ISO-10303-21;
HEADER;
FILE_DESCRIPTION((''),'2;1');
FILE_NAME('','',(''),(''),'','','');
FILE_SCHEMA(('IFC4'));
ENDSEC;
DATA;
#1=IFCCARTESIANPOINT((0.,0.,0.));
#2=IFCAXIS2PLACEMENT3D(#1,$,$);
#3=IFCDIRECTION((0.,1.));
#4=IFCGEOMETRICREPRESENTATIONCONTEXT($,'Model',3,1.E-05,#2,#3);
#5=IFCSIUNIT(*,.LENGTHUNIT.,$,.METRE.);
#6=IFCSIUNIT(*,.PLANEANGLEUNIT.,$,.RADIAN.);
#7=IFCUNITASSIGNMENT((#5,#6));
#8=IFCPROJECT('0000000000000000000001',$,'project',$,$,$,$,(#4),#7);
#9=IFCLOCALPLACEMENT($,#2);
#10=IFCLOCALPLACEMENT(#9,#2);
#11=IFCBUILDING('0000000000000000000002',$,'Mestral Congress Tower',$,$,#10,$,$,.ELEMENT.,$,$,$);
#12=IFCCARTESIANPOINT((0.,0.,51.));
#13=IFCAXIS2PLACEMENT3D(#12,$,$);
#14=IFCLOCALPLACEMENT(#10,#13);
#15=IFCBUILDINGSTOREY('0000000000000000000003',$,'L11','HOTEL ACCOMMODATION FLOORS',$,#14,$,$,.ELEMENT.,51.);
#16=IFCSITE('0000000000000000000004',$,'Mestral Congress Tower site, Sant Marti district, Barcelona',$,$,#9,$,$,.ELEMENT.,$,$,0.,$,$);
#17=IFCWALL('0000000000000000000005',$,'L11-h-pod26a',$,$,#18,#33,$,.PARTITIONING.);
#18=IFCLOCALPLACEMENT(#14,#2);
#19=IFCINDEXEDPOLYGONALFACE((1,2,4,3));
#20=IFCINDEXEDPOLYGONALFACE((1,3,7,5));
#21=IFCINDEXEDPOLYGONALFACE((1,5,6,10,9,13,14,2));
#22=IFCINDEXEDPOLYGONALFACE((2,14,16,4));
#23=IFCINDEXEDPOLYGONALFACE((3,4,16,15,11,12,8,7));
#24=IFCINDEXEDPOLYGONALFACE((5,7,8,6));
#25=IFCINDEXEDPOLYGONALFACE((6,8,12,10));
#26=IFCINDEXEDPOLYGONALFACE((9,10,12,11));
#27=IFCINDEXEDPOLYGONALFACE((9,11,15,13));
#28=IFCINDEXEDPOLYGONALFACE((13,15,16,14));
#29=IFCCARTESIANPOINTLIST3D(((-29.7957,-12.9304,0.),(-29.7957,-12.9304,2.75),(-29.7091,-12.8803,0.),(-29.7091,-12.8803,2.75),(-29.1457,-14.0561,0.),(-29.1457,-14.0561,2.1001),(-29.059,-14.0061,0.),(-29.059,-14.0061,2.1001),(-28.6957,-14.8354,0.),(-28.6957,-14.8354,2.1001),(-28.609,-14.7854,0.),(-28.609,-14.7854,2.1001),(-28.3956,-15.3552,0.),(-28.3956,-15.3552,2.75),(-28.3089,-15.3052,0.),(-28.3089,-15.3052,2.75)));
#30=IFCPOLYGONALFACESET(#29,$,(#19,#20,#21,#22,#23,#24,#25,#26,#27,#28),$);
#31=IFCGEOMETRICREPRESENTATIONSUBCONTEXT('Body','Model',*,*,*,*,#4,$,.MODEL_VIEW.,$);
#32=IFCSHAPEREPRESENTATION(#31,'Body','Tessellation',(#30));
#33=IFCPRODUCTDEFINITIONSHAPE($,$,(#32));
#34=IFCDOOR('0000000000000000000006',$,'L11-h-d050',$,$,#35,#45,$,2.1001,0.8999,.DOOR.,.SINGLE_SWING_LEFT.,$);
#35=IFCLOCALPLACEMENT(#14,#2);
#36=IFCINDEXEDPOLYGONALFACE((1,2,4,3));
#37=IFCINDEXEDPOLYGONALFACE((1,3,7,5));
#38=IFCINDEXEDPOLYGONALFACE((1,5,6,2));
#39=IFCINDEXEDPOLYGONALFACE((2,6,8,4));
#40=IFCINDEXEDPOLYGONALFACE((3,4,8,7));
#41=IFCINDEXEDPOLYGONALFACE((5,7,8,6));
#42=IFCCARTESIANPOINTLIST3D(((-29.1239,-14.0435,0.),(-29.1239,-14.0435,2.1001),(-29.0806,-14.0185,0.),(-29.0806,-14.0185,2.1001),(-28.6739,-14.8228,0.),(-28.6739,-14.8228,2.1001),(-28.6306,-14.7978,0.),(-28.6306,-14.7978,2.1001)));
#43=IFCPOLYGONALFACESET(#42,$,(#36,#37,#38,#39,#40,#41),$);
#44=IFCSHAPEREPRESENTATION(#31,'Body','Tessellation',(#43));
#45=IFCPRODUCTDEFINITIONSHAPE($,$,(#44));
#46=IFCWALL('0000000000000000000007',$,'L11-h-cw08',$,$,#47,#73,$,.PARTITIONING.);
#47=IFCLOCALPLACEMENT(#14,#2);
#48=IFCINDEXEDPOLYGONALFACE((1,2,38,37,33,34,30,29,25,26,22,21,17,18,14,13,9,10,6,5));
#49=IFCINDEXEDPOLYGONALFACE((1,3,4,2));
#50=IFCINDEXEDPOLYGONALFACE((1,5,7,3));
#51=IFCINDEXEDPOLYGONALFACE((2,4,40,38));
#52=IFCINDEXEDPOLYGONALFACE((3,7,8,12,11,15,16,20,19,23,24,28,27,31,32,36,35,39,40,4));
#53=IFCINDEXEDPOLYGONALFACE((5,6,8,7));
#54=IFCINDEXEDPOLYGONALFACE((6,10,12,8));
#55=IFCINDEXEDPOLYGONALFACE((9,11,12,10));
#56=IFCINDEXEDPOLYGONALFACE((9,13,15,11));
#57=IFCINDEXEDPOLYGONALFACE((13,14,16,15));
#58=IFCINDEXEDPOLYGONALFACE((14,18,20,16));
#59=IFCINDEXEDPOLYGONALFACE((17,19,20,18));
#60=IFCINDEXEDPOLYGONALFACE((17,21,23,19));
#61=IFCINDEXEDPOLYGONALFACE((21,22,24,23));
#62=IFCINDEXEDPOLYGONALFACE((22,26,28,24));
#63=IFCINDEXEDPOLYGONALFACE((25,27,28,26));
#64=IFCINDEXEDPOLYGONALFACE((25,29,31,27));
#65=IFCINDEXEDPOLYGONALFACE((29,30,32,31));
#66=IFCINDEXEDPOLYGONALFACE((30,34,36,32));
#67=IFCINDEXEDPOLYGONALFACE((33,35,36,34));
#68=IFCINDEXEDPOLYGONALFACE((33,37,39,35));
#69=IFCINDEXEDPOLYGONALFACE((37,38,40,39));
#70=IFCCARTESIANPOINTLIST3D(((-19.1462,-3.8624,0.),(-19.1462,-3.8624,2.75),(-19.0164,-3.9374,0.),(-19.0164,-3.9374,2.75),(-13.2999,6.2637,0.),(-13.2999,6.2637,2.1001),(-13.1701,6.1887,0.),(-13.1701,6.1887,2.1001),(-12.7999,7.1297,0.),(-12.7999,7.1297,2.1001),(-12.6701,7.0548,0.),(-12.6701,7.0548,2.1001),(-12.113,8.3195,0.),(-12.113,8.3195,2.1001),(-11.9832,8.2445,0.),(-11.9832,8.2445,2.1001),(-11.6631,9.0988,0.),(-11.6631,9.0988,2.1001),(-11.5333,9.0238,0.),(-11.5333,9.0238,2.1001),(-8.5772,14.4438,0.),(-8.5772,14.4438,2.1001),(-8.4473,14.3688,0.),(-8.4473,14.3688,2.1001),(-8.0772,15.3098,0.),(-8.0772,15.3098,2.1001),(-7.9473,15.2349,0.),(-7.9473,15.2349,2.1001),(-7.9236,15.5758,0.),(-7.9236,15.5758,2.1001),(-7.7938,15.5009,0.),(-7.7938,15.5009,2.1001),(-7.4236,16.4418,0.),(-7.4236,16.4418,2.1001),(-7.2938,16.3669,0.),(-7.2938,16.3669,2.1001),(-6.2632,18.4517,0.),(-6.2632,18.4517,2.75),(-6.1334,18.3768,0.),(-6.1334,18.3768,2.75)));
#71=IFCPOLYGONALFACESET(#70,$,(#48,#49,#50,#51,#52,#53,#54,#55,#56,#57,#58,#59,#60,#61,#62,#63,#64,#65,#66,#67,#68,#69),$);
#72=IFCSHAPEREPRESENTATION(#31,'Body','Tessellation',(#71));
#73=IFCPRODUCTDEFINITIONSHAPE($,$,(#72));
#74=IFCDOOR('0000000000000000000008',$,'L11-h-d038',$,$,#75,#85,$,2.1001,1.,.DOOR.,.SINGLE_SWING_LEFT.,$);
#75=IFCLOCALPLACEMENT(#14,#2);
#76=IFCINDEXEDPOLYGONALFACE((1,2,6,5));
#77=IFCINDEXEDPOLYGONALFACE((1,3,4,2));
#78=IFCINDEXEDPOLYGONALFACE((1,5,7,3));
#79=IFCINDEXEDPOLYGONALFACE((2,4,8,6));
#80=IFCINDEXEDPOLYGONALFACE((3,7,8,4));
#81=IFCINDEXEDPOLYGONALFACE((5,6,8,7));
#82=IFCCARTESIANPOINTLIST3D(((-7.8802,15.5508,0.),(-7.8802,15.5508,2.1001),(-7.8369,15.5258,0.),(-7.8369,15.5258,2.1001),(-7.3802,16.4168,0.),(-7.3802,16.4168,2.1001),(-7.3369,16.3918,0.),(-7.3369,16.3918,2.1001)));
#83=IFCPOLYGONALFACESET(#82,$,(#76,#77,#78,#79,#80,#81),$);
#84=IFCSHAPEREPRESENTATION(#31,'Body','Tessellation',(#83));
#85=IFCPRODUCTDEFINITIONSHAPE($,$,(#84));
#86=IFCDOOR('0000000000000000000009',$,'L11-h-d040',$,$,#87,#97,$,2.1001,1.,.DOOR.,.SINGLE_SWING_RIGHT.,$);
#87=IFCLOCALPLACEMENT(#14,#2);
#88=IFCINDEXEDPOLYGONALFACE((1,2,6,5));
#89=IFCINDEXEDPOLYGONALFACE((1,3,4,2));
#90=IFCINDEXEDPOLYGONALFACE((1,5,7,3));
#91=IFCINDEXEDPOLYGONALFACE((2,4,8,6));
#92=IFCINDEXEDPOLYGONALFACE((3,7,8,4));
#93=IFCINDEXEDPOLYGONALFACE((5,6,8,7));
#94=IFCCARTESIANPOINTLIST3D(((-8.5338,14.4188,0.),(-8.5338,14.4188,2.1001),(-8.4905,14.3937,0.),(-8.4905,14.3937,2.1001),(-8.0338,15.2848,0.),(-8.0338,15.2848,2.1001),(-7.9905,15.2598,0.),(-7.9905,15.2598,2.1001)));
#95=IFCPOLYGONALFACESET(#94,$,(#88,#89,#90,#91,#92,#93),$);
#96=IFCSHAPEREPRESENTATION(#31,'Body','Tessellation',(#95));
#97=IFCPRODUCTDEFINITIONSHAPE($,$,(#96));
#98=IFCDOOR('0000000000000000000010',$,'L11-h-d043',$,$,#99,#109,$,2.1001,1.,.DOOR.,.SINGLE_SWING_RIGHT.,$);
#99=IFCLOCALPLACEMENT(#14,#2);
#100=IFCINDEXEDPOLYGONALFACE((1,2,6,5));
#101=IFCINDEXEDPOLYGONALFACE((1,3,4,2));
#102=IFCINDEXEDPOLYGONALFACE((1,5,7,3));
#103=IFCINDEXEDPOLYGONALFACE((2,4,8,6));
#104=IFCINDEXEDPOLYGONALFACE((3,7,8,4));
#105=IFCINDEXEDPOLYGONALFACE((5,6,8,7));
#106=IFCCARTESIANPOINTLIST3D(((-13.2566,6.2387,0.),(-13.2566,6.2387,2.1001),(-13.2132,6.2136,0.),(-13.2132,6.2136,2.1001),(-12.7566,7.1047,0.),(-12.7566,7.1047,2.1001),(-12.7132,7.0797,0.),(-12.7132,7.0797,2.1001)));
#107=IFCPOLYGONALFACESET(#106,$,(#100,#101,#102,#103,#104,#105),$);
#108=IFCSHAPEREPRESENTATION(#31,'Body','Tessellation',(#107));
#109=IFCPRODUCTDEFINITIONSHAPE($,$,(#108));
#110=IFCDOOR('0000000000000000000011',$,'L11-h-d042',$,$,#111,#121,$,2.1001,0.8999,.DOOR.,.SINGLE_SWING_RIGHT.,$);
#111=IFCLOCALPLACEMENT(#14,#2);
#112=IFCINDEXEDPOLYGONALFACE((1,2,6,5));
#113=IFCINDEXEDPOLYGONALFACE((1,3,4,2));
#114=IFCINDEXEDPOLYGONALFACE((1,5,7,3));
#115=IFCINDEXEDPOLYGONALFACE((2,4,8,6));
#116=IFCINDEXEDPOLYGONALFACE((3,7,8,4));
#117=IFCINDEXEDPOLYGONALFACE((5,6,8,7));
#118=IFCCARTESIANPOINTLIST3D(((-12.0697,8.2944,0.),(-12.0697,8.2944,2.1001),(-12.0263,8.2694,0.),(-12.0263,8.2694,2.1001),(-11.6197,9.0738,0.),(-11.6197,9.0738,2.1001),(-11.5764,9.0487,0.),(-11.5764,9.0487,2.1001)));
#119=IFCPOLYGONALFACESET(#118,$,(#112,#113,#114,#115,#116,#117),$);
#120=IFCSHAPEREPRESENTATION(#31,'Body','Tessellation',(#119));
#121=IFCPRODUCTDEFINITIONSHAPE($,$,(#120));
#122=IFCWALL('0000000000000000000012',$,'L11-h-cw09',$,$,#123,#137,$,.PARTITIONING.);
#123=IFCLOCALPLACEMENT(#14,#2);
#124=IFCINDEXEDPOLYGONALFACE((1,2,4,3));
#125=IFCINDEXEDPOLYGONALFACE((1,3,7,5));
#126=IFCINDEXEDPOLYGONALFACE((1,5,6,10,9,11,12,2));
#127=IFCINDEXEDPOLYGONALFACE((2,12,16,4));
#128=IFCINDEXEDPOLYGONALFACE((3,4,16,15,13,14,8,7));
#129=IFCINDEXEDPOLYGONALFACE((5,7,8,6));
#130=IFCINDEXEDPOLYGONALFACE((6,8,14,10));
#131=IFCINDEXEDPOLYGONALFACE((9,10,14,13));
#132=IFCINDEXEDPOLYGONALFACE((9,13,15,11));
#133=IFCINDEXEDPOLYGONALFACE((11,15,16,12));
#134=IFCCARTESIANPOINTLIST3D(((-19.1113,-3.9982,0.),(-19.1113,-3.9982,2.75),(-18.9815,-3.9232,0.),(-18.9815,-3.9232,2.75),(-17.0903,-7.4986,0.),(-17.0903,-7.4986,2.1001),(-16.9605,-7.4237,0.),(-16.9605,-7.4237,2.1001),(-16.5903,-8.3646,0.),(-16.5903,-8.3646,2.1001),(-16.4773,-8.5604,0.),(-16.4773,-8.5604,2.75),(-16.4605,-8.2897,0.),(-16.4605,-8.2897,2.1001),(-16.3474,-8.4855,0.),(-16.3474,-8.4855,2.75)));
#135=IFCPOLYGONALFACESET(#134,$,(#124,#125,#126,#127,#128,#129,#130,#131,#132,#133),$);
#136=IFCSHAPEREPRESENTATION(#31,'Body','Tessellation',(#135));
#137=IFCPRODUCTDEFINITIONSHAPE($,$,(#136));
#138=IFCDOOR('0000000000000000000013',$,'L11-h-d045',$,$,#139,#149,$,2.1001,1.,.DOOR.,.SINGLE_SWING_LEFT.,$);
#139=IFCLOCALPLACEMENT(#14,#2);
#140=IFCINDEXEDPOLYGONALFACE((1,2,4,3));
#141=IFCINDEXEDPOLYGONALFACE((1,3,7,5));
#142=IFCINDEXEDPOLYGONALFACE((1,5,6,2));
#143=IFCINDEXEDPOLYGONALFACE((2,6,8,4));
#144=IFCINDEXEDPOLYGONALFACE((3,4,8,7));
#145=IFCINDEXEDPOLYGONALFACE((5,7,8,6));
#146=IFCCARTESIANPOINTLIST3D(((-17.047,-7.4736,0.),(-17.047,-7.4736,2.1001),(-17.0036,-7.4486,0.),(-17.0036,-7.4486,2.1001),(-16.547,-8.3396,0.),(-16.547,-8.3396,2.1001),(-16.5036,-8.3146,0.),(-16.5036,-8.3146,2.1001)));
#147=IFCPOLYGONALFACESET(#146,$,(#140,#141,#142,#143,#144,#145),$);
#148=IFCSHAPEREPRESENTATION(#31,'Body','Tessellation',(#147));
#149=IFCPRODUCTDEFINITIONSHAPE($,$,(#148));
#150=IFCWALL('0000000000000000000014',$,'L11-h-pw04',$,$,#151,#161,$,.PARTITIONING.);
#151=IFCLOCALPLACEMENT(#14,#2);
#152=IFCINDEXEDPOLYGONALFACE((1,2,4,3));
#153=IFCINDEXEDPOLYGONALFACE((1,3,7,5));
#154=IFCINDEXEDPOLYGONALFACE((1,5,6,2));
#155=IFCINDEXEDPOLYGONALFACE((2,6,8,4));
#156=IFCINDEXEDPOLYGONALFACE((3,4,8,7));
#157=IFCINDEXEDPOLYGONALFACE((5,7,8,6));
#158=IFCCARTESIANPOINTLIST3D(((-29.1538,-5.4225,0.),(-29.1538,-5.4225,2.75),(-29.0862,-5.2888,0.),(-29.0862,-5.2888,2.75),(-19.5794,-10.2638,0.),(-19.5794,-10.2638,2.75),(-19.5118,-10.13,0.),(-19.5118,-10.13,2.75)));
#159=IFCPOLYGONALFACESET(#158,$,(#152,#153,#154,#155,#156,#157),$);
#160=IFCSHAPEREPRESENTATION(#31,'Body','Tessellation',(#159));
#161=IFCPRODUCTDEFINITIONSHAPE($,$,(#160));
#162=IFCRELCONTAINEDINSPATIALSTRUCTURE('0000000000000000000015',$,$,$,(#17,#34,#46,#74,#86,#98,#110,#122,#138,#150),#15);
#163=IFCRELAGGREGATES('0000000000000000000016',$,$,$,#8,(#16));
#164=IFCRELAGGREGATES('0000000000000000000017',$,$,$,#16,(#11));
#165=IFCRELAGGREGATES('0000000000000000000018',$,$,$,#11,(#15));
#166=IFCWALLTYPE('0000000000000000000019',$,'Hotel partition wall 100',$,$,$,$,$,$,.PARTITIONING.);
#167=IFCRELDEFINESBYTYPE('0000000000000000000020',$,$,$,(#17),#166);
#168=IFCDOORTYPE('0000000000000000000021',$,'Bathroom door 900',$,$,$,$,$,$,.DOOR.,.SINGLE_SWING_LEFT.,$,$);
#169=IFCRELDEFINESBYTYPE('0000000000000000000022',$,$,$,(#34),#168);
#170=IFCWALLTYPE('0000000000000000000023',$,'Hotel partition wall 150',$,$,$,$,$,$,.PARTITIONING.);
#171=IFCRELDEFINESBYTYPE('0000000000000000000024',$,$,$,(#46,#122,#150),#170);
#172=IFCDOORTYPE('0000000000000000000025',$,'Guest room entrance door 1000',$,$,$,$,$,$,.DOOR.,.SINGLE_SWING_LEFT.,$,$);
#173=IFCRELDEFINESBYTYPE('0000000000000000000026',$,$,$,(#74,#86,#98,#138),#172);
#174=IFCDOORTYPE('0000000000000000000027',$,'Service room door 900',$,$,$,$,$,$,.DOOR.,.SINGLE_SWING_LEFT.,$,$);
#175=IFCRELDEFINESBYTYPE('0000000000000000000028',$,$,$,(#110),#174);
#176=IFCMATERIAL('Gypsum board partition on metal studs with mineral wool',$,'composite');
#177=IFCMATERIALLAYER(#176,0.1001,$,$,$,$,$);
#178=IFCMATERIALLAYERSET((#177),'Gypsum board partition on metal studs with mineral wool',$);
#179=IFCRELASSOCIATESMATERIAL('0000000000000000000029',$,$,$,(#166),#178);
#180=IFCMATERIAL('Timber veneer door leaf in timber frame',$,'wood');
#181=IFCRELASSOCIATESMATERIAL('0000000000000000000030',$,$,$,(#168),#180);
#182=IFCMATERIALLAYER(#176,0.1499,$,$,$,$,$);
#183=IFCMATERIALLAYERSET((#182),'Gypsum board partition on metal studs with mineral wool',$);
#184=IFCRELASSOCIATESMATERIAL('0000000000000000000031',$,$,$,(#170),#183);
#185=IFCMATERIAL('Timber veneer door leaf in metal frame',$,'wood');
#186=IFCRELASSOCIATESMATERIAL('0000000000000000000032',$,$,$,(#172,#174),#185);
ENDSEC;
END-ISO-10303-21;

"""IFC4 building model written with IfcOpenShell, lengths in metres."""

from ifc_helpers import new_model, si_unit, direction, frame, frame_2d, origin, place, context, subcontext, project, spatial, rectangle, extrude, material, layer, layer_set, type_object, element, fill, save


model = new_model("IFC4")

# Units and contexts
model_context = context("Model", 3, precision=1e-05, world=origin(), true_north=direction((0.0, 1.0)))
body_context = subcontext(model_context, "Body", "Model", "MODEL_VIEW")
ifc_project = project(units=[si_unit("LENGTHUNIT", "METRE"), si_unit("PLANEANGLEUNIT", "RADIAN")], contexts=[model_context])

# Site, building, storey
site_placement = place(None, origin())
site = spatial("IfcSite", under=ifc_project, at=site_placement, Name="Mestral Congress Tower site, Sant Marti district, Barcelona", CompositionType="ELEMENT", RefElevation=0.0)
building_placement = place(site_placement, origin())
building = spatial("IfcBuilding", under=site, at=building_placement, Name="Mestral Congress Tower", CompositionType="ELEMENT")
storey_placement = place(building_placement, frame((0.0, 0.0, 51.0)))
storey = spatial("IfcBuildingStorey", under=building, at=storey_placement, Name="L11", Description="HOTEL ACCOMMODATION FLOORS", CompositionType="ELEMENT", Elevation=51.0)

# Shared definitions
ifc_material_1 = material(Name="Gypsum board partition on metal studs with mineral wool", Category="composite")
ifc_layer_1 = layer(ifc_material_1, 0.1001)
ifc_layer_set_1 = layer_set([ifc_layer_1], Name="Gypsum board partition on metal studs with mineral wool")
wall_type_1 = type_object("IfcWallType", Name="Hotel partition wall 100", PredefinedType="PARTITIONING", material=ifc_layer_set_1)
ifc_material_2 = material(Name="Timber veneer door leaf in timber frame", Category="wood")

# Shared definitions
door_type_1 = type_object("IfcDoorType", Name="Bathroom door 900", OperationType="SINGLE_SWING_LEFT", PredefinedType="DOOR", material=ifc_material_2)

# Wall, opening, door
wall_1_placement = place(storey_placement, frame((-28.3523, -15.3301, 0.0), z_axis=(0.0, 0.0, 1.0), x_axis=(-0.50005, 0.865997, 0.0)))
wall_1 = element("IfcWall", 1, at=wall_1_placement, inside=storey, type_object=wall_type_1, Name="L11-h-pod26a", PredefinedType="PARTITIONING", context=body_context, shape_type="SweptSolid", body=[
    extrude(rectangle(XDim=2.8, YDim=0.1001, at=frame_2d((1.3999, 0.0))), origin(), (0.0, 0.0, 1.0), 2.75),
])
opening_1_placement = place(wall_1_placement, frame((0.6001, 0.0, 0.0)))
opening_1 = element("IfcOpeningElement", 2, at=opening_1_placement, cuts=wall_1, PredefinedType="OPENING", context=body_context, shape_type="SweptSolid", body=[
    extrude(rectangle(XDim=0.8999, YDim=2.1001, at=frame_2d((0.45, 1.05))), frame((0.0, 0.0601, 0.0), z_axis=(0.0, -1.0, 0.0), x_axis=(1.0, 0.0, 0.0)), (0.0, 0.0, 1.0), 0.1201),
])
door_1_placement = place(opening_1_placement, origin())
door_1 = element("IfcDoor", 3, at=door_1_placement, inside=storey, type_object=door_type_1, Name="L11-h-d050", OperationType="SINGLE_SWING_LEFT", OverallHeight=2.1001, OverallWidth=0.8999, PredefinedType="DOOR", context=body_context, shape_type="SweptSolid", body=[
    extrude(rectangle(XDim=0.8999, YDim=2.1001, at=frame_2d((0.45, 1.05))), frame((0.0, 0.0249, 0.0), z_axis=(0.0, -1.0, 0.0), x_axis=(1.0, 0.0, 0.0)), (0.0, 0.0, 1.0), 0.05),
])
fill(opening_1, door_1)

# Wall, openings, doors
ifc_layer_2 = layer(ifc_material_1, 0.1499)
ifc_layer_set_2 = layer_set([ifc_layer_2], Name="Gypsum board partition on metal studs with mineral wool")
wall_type_2 = type_object("IfcWallType", Name="Hotel partition wall 150", PredefinedType="PARTITIONING", material=ifc_layer_set_2)
wall_2_placement = place(storey_placement, frame((-19.0813, -3.8999, 0.0), z_axis=(0.0, 0.0, 1.0), x_axis=(0.499998, 0.866026, 0.0)))
wall_2 = element("IfcWall", 4, at=wall_2_placement, inside=storey, type_object=wall_type_2, Name="L11-h-cw08", PredefinedType="PARTITIONING", context=body_context, shape_type="SweptSolid", body=[
    extrude(rectangle(XDim=25.7661, YDim=0.1499, at=frame_2d((12.8831, 0.0))), origin(), (0.0, 0.0, 1.0), 2.75),
])
opening_2_placement = place(wall_2_placement, frame((22.4453, 0.0, 0.0)))
opening_2 = element("IfcOpeningElement", 5, at=opening_2_placement, cuts=wall_2, PredefinedType="OPENING", context=body_context, shape_type="SweptSolid", body=[
    extrude(rectangle(XDim=1.0, YDim=2.1001, at=frame_2d((0.5, 1.05))), frame((0.0, 0.085, 0.0), z_axis=(0.0, -1.0, 0.0), x_axis=(1.0, 0.0, 0.0)), (0.0, 0.0, 1.0), 0.1699),
])
opening_3_placement = place(wall_2_placement, frame((21.1382, 0.0, 0.0)))
opening_3 = element("IfcOpeningElement", 6, at=opening_3_placement, cuts=wall_2, PredefinedType="OPENING", context=body_context, shape_type="SweptSolid", body=[
    extrude(rectangle(XDim=1.0, YDim=2.1001, at=frame_2d((0.5, 1.05))), frame((0.0, 0.085, 0.0), z_axis=(0.0, -1.0, 0.0), x_axis=(1.0, 0.0, 0.0)), (0.0, 0.0, 1.0), 0.1699),
])
opening_4_placement = place(wall_2_placement, frame((14.0664, 0.0, 0.0)))
opening_4 = element("IfcOpeningElement", 7, at=opening_4_placement, cuts=wall_2, PredefinedType="OPENING", context=body_context, shape_type="SweptSolid", body=[
    extrude(rectangle(XDim=0.8999, YDim=2.1001, at=frame_2d((0.45, 1.05))), frame((0.0, 0.085, 0.0), z_axis=(0.0, -1.0, 0.0), x_axis=(1.0, 0.0, 0.0)), (0.0, 0.0, 1.0), 0.1699),
])
opening_5_placement = place(wall_2_placement, frame((11.6926, 0.0, 0.0)))
opening_5 = element("IfcOpeningElement", 8, at=opening_5_placement, cuts=wall_2, PredefinedType="OPENING", context=body_context, shape_type="SweptSolid", body=[
    extrude(rectangle(XDim=1.0, YDim=2.1001, at=frame_2d((0.5, 1.05))), frame((0.0, 0.085, 0.0), z_axis=(0.0, -1.0, 0.0), x_axis=(1.0, 0.0, 0.0)), (0.0, 0.0, 1.0), 0.1699),
])
ifc_material_3 = material(Name="Timber veneer door leaf in metal frame", Category="wood")
door_type_2 = type_object("IfcDoorType", Name="Guest room entrance door 1000", OperationType="SINGLE_SWING_LEFT", PredefinedType="DOOR", material=ifc_material_3)
door_2_placement = place(opening_2_placement, origin())
door_2 = element("IfcDoor", 9, at=door_2_placement, inside=storey, type_object=door_type_2, Name="L11-h-d038", OperationType="SINGLE_SWING_LEFT", OverallHeight=2.1001, OverallWidth=1.0, PredefinedType="DOOR", context=body_context, shape_type="SweptSolid", body=[
    extrude(rectangle(XDim=1.0, YDim=2.1001, at=frame_2d((0.5, 1.05))), frame((0.0, 0.0249, 0.0), z_axis=(0.0, -1.0, 0.0), x_axis=(1.0, 0.0, 0.0)), (0.0, 0.0, 1.0), 0.05),
])
fill(opening_2, door_2)
door_3_placement = place(opening_3_placement, origin())
door_3 = element("IfcDoor", 10, at=door_3_placement, inside=storey, type_object=door_type_2, Name="L11-h-d040", OperationType="SINGLE_SWING_RIGHT", OverallHeight=2.1001, OverallWidth=1.0, PredefinedType="DOOR", context=body_context, shape_type="SweptSolid", body=[
    extrude(rectangle(XDim=1.0, YDim=2.1001, at=frame_2d((0.5, 1.05))), frame((0.0, 0.0249, 0.0), z_axis=(0.0, -1.0, 0.0), x_axis=(1.0, 0.0, 0.0)), (0.0, 0.0, 1.0), 0.05),
])
fill(opening_3, door_3)
door_4_placement = place(opening_5_placement, origin())
door_4 = element("IfcDoor", 11, at=door_4_placement, inside=storey, type_object=door_type_2, Name="L11-h-d043", OperationType="SINGLE_SWING_RIGHT", OverallHeight=2.1001, OverallWidth=1.0, PredefinedType="DOOR", context=body_context, shape_type="SweptSolid", body=[
    extrude(rectangle(XDim=1.0, YDim=2.1001, at=frame_2d((0.5, 1.05))), frame((0.0, 0.0249, 0.0), z_axis=(0.0, -1.0, 0.0), x_axis=(1.0, 0.0, 0.0)), (0.0, 0.0, 1.0), 0.05),
])
fill(opening_5, door_4)
door_type_3 = type_object("IfcDoorType", Name="Service room door 900", OperationType="SINGLE_SWING_LEFT", PredefinedType="DOOR", material=ifc_material_3)
door_5_placement = place(opening_4_placement, origin())
door_5 = element("IfcDoor", 12, at=door_5_placement, inside=storey, type_object=door_type_3, Name="L11-h-d042", OperationType="SINGLE_SWING_RIGHT", OverallHeight=2.1001, OverallWidth=0.8999, PredefinedType="DOOR", context=body_context, shape_type="SweptSolid", body=[
    extrude(rectangle(XDim=0.8999, YDim=2.1001, at=frame_2d((0.45, 1.05))), frame((0.0, 0.0249, 0.0), z_axis=(0.0, -1.0, 0.0), x_axis=(1.0, 0.0, 0.0)), (0.0, 0.0, 1.0), 0.05),
])
fill(opening_4, door_5)

# Wall, opening, door
wall_3_placement = place(storey_placement, frame((-16.4124, -8.5229, 0.0), z_axis=(0.0, 0.0, 1.0), x_axis=(-0.500002, 0.866024, 0.0)))
wall_3 = element("IfcWall", 13, at=wall_3_placement, inside=storey, type_object=wall_type_2, Name="L11-h-cw09", PredefinedType="PARTITIONING", context=body_context, shape_type="SweptSolid", body=[
    extrude(rectangle(XDim=5.2681, YDim=0.1499, at=frame_2d((2.634, 0.0))), origin(), (0.0, 0.0, 1.0), 2.75),
])
opening_6_placement = place(wall_3_placement, frame((0.2261, 0.0, 0.0)))
opening_6 = element("IfcOpeningElement", 14, at=opening_6_placement, cuts=wall_3, PredefinedType="OPENING", context=body_context, shape_type="SweptSolid", body=[
    extrude(rectangle(XDim=1.0, YDim=2.1001, at=frame_2d((0.5, 1.05))), frame((0.0, 0.085, 0.0), z_axis=(0.0, -1.0, 0.0), x_axis=(1.0, 0.0, 0.0)), (0.0, 0.0, 1.0), 0.1699),
])
door_6_placement = place(opening_6_placement, origin())
door_6 = element("IfcDoor", 15, at=door_6_placement, inside=storey, type_object=door_type_2, Name="L11-h-d045", OperationType="SINGLE_SWING_LEFT", OverallHeight=2.1001, OverallWidth=1.0, PredefinedType="DOOR", context=body_context, shape_type="SweptSolid", body=[
    extrude(rectangle(XDim=1.0, YDim=2.1001, at=frame_2d((0.5, 1.05))), frame((0.0, 0.0249, 0.0), z_axis=(0.0, -1.0, 0.0), x_axis=(1.0, 0.0, 0.0)), (0.0, 0.0, 1.0), 0.05),
])
fill(opening_6, door_6)

# Wall
wall_4_placement = place(storey_placement, frame((-29.1199, -5.3557, 0.0), z_axis=(0.0, 0.0, 1.0), x_axis=(0.892402, -0.451241, 0.0)))
element("IfcWall", 16, at=wall_4_placement, inside=storey, type_object=wall_type_2, Name="L11-h-pw04", PredefinedType="PARTITIONING", context=body_context, shape_type="SweptSolid", body=[
    extrude(rectangle(XDim=10.7288, YDim=0.1499, at=frame_2d((5.3643, 0.0))), origin(), (0.0, 0.0, 1.0), 2.75),
])

save(model, "model.ifc")
